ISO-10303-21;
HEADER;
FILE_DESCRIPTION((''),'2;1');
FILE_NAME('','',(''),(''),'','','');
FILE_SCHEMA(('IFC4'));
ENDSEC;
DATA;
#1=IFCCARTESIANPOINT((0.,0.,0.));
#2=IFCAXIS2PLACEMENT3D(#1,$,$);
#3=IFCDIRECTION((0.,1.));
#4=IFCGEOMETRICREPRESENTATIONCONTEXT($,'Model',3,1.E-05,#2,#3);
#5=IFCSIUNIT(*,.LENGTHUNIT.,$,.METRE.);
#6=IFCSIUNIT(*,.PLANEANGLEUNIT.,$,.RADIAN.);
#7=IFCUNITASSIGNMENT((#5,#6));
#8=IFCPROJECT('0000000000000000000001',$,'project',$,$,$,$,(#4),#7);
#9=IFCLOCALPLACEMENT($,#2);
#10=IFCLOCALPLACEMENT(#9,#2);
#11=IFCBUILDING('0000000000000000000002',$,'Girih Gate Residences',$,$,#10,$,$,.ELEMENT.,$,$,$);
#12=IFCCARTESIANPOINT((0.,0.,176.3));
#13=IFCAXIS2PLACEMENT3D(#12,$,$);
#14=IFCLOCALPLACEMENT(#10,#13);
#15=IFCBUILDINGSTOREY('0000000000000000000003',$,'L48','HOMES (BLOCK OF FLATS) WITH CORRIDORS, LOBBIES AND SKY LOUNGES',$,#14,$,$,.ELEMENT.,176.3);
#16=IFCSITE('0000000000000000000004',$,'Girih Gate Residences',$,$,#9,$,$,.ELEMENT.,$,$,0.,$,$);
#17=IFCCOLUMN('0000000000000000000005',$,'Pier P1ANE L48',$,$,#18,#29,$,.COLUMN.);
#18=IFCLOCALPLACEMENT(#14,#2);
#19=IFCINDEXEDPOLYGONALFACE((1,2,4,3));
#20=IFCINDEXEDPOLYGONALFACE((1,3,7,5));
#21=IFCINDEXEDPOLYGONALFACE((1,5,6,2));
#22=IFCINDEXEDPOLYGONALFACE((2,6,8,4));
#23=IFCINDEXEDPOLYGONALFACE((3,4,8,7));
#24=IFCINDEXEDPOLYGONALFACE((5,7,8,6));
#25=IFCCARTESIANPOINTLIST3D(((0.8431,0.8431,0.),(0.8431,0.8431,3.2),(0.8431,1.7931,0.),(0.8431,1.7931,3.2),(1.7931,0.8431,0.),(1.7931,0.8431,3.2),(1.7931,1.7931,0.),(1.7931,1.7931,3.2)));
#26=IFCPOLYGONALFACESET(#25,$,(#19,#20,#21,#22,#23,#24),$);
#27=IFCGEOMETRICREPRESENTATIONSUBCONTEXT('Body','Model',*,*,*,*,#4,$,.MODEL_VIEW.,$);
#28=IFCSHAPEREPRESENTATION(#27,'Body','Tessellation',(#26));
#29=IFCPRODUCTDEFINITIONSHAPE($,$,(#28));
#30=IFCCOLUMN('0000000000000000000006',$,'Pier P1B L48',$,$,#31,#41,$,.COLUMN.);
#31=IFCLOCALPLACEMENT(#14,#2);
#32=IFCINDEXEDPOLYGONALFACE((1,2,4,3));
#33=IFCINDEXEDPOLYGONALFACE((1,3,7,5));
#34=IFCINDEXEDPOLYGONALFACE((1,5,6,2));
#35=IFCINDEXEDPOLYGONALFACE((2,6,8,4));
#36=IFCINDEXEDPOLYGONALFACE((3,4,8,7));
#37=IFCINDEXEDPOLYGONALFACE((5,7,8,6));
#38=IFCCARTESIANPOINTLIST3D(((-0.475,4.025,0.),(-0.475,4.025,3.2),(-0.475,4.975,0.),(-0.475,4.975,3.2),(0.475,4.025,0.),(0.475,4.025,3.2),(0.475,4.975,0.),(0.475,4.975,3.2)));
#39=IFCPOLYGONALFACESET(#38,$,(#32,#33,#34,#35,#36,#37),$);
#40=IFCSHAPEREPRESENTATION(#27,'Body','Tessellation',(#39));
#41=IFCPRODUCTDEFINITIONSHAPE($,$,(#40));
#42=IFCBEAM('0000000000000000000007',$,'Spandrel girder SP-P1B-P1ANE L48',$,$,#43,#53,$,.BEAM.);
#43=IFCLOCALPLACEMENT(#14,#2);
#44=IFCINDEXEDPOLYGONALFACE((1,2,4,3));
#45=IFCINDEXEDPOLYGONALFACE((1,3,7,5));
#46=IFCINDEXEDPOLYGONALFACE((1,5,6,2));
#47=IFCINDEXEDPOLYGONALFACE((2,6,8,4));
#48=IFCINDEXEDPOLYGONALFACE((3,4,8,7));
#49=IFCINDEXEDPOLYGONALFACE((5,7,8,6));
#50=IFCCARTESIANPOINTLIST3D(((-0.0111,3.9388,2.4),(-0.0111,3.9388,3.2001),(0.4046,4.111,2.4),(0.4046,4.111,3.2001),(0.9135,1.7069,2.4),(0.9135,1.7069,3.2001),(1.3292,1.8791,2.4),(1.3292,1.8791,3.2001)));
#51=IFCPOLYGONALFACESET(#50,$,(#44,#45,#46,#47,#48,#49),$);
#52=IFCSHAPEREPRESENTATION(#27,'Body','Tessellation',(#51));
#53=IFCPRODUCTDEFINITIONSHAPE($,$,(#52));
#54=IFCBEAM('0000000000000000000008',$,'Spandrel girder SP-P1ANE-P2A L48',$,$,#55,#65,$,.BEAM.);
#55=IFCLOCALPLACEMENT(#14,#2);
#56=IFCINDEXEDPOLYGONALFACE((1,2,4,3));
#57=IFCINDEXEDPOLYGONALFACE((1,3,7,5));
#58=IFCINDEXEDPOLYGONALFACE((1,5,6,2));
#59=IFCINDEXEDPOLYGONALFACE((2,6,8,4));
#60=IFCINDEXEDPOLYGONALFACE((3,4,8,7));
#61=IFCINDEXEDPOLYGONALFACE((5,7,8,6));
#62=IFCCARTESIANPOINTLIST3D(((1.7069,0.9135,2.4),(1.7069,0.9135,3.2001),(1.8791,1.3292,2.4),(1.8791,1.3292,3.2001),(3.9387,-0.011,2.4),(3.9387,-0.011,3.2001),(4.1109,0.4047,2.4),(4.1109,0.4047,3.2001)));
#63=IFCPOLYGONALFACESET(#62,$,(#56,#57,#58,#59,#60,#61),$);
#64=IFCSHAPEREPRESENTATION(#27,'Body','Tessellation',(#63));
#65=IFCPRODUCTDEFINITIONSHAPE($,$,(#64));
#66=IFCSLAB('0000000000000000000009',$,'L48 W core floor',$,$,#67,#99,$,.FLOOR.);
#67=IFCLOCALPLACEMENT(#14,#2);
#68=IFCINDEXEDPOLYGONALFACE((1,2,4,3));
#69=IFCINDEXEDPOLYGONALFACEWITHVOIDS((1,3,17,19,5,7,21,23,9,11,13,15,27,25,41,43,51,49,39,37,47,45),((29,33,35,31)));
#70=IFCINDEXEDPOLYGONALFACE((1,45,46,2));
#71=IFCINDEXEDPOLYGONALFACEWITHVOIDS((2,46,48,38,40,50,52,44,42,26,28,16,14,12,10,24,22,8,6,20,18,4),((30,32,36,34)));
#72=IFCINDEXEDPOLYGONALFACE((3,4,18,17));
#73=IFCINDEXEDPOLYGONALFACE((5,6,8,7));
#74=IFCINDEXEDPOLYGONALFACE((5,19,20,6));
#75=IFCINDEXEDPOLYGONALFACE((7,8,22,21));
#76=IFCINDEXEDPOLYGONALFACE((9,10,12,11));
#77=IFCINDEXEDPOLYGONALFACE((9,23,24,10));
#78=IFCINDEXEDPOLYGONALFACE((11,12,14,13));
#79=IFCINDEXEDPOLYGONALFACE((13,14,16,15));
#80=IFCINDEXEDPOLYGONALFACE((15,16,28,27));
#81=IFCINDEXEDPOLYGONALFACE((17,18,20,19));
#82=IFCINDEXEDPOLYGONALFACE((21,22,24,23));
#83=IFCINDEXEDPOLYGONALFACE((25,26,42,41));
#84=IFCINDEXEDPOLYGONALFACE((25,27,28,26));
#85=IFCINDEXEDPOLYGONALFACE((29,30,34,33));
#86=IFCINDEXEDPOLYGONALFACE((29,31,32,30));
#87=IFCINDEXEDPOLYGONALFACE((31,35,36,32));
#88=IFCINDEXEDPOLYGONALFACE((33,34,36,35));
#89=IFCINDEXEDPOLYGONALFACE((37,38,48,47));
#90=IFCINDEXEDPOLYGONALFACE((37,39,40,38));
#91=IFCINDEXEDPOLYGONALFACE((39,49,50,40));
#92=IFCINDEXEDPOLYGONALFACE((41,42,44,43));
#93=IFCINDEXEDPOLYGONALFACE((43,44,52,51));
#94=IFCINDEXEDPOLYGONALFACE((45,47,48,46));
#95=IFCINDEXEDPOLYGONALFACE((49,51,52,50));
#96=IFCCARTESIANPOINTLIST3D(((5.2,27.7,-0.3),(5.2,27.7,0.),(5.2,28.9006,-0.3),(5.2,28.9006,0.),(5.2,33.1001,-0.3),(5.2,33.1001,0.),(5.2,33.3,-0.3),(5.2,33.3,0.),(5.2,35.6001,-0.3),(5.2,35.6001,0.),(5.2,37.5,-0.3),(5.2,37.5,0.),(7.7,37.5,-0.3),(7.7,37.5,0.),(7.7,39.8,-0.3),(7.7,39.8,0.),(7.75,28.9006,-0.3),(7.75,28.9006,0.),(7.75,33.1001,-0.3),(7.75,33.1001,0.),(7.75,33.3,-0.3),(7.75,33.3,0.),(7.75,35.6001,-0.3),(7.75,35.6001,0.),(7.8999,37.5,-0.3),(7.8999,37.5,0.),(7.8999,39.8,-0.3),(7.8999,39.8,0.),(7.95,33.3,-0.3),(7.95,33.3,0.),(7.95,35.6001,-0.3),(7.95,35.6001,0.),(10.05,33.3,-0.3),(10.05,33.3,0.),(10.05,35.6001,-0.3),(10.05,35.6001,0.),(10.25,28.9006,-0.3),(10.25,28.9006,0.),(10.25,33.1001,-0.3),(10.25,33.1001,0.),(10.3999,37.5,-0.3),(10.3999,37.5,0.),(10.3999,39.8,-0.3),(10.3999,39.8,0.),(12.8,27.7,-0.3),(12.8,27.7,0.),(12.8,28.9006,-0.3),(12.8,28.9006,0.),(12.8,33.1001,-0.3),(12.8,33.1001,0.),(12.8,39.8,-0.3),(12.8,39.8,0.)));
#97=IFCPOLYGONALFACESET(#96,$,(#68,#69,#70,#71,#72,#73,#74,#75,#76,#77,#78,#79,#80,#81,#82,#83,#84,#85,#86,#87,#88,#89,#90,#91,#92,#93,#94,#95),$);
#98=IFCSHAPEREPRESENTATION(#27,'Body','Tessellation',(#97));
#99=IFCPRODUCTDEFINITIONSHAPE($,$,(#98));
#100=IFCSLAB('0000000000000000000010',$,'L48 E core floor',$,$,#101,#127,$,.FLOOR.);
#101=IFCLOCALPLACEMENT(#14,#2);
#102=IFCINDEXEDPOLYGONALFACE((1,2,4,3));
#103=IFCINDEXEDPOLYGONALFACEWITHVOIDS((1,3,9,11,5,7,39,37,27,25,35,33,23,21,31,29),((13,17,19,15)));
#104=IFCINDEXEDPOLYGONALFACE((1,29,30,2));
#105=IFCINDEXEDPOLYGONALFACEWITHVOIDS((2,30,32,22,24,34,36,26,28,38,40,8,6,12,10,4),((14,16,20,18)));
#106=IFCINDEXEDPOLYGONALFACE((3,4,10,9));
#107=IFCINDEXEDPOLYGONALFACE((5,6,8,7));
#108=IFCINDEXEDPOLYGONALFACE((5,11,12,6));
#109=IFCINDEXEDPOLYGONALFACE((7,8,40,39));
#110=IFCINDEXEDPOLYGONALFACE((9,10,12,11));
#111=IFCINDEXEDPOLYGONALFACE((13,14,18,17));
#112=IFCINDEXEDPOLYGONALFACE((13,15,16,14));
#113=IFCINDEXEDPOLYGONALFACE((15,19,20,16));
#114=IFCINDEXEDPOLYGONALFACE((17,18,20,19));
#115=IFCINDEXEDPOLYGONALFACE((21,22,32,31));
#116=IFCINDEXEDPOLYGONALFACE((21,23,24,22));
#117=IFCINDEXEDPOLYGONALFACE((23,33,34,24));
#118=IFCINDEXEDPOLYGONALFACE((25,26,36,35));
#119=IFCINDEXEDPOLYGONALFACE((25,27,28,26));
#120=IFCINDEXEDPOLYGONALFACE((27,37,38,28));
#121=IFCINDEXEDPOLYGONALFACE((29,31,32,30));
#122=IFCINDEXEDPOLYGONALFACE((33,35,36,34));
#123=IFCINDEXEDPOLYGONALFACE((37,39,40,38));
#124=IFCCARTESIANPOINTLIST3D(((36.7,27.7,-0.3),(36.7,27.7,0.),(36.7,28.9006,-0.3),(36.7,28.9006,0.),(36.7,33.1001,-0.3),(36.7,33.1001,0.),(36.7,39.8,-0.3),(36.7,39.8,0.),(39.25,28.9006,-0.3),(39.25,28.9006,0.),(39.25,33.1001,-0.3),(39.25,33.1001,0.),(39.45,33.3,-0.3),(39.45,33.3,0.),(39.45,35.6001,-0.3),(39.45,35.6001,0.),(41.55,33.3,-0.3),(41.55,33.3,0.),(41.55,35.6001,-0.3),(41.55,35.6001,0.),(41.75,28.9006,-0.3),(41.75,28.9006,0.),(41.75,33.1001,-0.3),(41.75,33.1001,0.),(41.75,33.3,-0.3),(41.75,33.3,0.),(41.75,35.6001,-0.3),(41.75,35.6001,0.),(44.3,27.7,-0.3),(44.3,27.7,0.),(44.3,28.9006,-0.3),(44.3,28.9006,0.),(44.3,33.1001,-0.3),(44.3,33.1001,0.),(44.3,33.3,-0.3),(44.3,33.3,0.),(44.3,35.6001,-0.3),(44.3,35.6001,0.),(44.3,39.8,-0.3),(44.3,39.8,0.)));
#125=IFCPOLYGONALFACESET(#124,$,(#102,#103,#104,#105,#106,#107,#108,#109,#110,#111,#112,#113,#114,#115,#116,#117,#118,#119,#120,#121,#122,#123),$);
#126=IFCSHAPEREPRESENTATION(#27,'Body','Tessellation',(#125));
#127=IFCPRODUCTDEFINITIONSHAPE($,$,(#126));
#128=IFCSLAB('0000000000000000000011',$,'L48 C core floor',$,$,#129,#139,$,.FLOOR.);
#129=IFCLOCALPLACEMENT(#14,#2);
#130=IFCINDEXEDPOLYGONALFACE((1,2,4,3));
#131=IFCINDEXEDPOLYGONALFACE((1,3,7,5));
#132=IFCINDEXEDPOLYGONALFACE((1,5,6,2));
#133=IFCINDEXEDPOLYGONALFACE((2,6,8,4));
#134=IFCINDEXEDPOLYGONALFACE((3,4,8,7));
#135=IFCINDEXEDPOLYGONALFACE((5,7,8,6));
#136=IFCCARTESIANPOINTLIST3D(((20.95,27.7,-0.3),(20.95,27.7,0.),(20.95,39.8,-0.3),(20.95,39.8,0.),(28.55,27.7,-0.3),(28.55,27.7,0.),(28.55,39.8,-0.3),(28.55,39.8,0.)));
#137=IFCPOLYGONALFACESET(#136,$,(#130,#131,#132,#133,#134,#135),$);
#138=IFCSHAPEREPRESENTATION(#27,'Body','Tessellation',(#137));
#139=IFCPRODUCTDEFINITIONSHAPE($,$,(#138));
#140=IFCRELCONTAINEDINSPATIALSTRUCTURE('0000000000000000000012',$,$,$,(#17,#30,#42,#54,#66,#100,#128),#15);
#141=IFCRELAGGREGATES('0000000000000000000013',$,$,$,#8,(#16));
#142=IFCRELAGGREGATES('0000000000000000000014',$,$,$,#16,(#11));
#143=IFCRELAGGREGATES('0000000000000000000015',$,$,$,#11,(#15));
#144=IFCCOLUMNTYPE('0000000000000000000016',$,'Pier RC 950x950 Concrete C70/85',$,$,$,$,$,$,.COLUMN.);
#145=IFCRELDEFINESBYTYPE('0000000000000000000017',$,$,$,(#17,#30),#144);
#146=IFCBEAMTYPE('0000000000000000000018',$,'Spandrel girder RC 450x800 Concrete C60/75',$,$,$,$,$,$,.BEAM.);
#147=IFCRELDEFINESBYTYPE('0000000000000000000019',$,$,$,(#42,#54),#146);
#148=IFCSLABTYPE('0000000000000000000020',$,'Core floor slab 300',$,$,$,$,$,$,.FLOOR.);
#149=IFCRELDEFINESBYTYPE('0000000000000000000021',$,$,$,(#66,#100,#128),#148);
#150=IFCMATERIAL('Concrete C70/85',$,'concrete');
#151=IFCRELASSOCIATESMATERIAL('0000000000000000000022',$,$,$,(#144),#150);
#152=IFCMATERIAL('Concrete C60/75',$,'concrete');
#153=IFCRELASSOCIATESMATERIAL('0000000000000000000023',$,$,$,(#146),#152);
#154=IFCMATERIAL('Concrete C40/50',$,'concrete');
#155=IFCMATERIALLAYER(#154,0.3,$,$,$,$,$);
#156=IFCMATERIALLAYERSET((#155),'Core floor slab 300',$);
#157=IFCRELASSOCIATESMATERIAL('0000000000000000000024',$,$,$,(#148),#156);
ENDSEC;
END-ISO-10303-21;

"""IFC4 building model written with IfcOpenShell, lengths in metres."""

from ifc_helpers import new_model, si_unit, direction, frame, origin, origin_2d, place, context, subcontext, project, spatial, polyline, rectangle, outline, extrude, material, layer, layer_set, material_profile, profile_set, type_object, element, save


model = new_model("IFC4")

# Units and contexts
model_context = context("Model", 3, precision=1e-05, world=origin(), true_north=direction((0.0, 1.0)))
body_context = subcontext(model_context, "Body", "Model", "MODEL_VIEW")
ifc_project = project(units=[si_unit("LENGTHUNIT", "METRE"), si_unit("PLANEANGLEUNIT", "RADIAN")], contexts=[model_context])

# Site, building, storey
site_placement = place(None, origin())
site = spatial("IfcSite", under=ifc_project, at=site_placement, Name="Girih Gate Residences", CompositionType="ELEMENT", RefElevation=0.0)
building_placement = place(site_placement, origin())
building = spatial("IfcBuilding", under=site, at=building_placement, Name="Girih Gate Residences", CompositionType="ELEMENT")
storey_placement = place(building_placement, frame((0.0, 0.0, 176.3)))
storey = spatial("IfcBuildingStorey", under=building, at=storey_placement, Name="L48", Description="HOMES (BLOCK OF FLATS) WITH CORRIDORS, LOBBIES AND SKY LOUNGES", CompositionType="ELEMENT", Elevation=176.3)

# Columns
ifc_material_1 = material(Name="Concrete C70/85", Category="concrete")
ifc_material_profile_1 = material_profile(ifc_material_1, rectangle(XDim=0.95, YDim=0.95, at=origin_2d()))
ifc_profile_set_1 = profile_set([ifc_material_profile_1], Name="Concrete C70/85")
column_type = type_object("IfcColumnType", Name="Pier RC 950x950 Concrete C70/85", PredefinedType="COLUMN", material=ifc_profile_set_1)
for number, where, z_axis, x_axis, name in (
    (1, (1.3181, 1.3181, 0.0), (0.0, 0.0, 1.0), (1.0, 0.0, 0.0), "Pier P1ANE L48"),
    (2, (0.0, 4.5, 0.0), (0.0, 0.0, 1.0), (1.0, 0.0, 0.0), "Pier P1B L48"),
):
    element("IfcColumn", number, at=place(storey_placement, frame(where, z_axis=z_axis, x_axis=x_axis)), inside=storey, type_object=column_type, Name=name, PredefinedType="COLUMN", context=body_context, shape_type="SweptSolid", body=[
        extrude(rectangle(XDim=0.95, YDim=0.95, at=origin_2d()), origin(), (0.0, 0.0, 1.0), 3.2),
    ])

# Beams
ifc_material_2 = material(Name="Concrete C60/75", Category="concrete")
ifc_material_profile_2 = material_profile(ifc_material_2, rectangle(XDim=0.45, YDim=0.8, at=origin_2d()))
ifc_profile_set_2 = profile_set([ifc_material_profile_2], Name="Concrete C60/75")
beam_type = type_object("IfcBeamType", Name="Spandrel girder RC 450x800 Concrete C60/75", PredefinedType="BEAM", material=ifc_profile_set_2)
for number, where, z_axis, x_axis, name in (
    (3, (0.1968, 4.0249, 2.8), (0.382706, -0.92387, 0.0), (0.92387, 0.382706, 0.0), "Spandrel girder SP-P1B-P1ANE L48"),
    (4, (1.793, 1.1213, 2.8), (0.92387, -0.382706, 0.0), (0.382706, 0.92387, 0.0), "Spandrel girder SP-P1ANE-P2A L48"),
):
    element("IfcBeam", number, at=place(storey_placement, frame(where, z_axis=z_axis, x_axis=x_axis)), inside=storey, type_object=beam_type, Name=name, PredefinedType="BEAM", context=body_context, shape_type="SweptSolid", body=[
        extrude(rectangle(XDim=0.45, YDim=0.8, at=origin_2d()), origin(), (0.0, 0.0, 1.0), 2.4158),
    ])

# Slabs
ifc_material_3 = material(Name="Concrete C40/50", Category="concrete")
ifc_layer_1 = layer(ifc_material_3, 0.3)
ifc_layer_set_1 = layer_set([ifc_layer_1], Name="Core floor slab 300")
slab_type_1 = type_object("IfcSlabType", Name="Core floor slab 300", PredefinedType="FLOOR", material=ifc_layer_set_1)
slab_1_placement = place(storey_placement, frame((0.0, 0.0, -0.3)))
element("IfcSlab", 5, at=slab_1_placement, inside=storey, type_object=slab_type_1, Name="L48 W core floor", PredefinedType="FLOOR", context=body_context, shape_type="SweptSolid", body=[
    extrude(outline(polyline([(12.8, 27.7), (5.2, 27.7), (5.2, 28.9006), (7.75, 28.9006), (7.75, 33.1001), (5.2, 33.1001), (5.2, 33.3), (7.75, 33.3), (7.75, 35.6001), (5.2, 35.6001), (5.2, 37.5), (7.7, 37.5), (7.7, 39.8), (7.8999, 39.8), (7.8999, 37.5), (10.3999, 37.5), (10.3999, 39.8), (12.8, 39.8), (12.8, 33.1001), (10.25, 33.1001), (10.25, 28.9006), (12.8, 28.9006), (12.8, 27.7)]), holes=[polyline([(7.95, 33.3), (10.05, 33.3), (10.05, 35.6001), (7.95, 35.6001), (7.95, 33.3)])]), origin(), (0.0, 0.0, 1.0), 0.3),
])
slab_2_placement = place(storey_placement, frame((0.0, 0.0, -0.3)))
element("IfcSlab", 6, at=slab_2_placement, inside=storey, type_object=slab_type_1, Name="L48 E core floor", PredefinedType="FLOOR", context=body_context, shape_type="SweptSolid", body=[
    extrude(outline(polyline([(44.3, 27.7), (36.7, 27.7), (36.7, 28.9006), (39.25, 28.9006), (39.25, 33.1001), (36.7, 33.1001), (36.7, 39.8), (44.3, 39.8), (44.3, 35.6001), (41.75, 35.6001), (41.75, 33.3), (44.3, 33.3), (44.3, 33.1001), (41.75, 33.1001), (41.75, 28.9006), (44.3, 28.9006), (44.3, 27.7)]), holes=[polyline([(39.45, 33.3), (41.55, 33.3), (41.55, 35.6001), (39.45, 35.6001), (39.45, 33.3)])]), origin(), (0.0, 0.0, 1.0), 0.3),
])
slab_3_placement = place(storey_placement, frame((0.0, 0.0, -0.3)))
element("IfcSlab", 7, at=slab_3_placement, inside=storey, type_object=slab_type_1, Name="L48 C core floor", PredefinedType="FLOOR", context=body_context, shape_type="SweptSolid", body=[
    extrude(outline(polyline([(20.95, 27.7), (20.95, 39.8), (28.55, 39.8), (28.55, 27.7), (20.95, 27.7)])), origin(), (0.0, 0.0, 1.0), 0.3),
])

save(model, "model.ifc")
